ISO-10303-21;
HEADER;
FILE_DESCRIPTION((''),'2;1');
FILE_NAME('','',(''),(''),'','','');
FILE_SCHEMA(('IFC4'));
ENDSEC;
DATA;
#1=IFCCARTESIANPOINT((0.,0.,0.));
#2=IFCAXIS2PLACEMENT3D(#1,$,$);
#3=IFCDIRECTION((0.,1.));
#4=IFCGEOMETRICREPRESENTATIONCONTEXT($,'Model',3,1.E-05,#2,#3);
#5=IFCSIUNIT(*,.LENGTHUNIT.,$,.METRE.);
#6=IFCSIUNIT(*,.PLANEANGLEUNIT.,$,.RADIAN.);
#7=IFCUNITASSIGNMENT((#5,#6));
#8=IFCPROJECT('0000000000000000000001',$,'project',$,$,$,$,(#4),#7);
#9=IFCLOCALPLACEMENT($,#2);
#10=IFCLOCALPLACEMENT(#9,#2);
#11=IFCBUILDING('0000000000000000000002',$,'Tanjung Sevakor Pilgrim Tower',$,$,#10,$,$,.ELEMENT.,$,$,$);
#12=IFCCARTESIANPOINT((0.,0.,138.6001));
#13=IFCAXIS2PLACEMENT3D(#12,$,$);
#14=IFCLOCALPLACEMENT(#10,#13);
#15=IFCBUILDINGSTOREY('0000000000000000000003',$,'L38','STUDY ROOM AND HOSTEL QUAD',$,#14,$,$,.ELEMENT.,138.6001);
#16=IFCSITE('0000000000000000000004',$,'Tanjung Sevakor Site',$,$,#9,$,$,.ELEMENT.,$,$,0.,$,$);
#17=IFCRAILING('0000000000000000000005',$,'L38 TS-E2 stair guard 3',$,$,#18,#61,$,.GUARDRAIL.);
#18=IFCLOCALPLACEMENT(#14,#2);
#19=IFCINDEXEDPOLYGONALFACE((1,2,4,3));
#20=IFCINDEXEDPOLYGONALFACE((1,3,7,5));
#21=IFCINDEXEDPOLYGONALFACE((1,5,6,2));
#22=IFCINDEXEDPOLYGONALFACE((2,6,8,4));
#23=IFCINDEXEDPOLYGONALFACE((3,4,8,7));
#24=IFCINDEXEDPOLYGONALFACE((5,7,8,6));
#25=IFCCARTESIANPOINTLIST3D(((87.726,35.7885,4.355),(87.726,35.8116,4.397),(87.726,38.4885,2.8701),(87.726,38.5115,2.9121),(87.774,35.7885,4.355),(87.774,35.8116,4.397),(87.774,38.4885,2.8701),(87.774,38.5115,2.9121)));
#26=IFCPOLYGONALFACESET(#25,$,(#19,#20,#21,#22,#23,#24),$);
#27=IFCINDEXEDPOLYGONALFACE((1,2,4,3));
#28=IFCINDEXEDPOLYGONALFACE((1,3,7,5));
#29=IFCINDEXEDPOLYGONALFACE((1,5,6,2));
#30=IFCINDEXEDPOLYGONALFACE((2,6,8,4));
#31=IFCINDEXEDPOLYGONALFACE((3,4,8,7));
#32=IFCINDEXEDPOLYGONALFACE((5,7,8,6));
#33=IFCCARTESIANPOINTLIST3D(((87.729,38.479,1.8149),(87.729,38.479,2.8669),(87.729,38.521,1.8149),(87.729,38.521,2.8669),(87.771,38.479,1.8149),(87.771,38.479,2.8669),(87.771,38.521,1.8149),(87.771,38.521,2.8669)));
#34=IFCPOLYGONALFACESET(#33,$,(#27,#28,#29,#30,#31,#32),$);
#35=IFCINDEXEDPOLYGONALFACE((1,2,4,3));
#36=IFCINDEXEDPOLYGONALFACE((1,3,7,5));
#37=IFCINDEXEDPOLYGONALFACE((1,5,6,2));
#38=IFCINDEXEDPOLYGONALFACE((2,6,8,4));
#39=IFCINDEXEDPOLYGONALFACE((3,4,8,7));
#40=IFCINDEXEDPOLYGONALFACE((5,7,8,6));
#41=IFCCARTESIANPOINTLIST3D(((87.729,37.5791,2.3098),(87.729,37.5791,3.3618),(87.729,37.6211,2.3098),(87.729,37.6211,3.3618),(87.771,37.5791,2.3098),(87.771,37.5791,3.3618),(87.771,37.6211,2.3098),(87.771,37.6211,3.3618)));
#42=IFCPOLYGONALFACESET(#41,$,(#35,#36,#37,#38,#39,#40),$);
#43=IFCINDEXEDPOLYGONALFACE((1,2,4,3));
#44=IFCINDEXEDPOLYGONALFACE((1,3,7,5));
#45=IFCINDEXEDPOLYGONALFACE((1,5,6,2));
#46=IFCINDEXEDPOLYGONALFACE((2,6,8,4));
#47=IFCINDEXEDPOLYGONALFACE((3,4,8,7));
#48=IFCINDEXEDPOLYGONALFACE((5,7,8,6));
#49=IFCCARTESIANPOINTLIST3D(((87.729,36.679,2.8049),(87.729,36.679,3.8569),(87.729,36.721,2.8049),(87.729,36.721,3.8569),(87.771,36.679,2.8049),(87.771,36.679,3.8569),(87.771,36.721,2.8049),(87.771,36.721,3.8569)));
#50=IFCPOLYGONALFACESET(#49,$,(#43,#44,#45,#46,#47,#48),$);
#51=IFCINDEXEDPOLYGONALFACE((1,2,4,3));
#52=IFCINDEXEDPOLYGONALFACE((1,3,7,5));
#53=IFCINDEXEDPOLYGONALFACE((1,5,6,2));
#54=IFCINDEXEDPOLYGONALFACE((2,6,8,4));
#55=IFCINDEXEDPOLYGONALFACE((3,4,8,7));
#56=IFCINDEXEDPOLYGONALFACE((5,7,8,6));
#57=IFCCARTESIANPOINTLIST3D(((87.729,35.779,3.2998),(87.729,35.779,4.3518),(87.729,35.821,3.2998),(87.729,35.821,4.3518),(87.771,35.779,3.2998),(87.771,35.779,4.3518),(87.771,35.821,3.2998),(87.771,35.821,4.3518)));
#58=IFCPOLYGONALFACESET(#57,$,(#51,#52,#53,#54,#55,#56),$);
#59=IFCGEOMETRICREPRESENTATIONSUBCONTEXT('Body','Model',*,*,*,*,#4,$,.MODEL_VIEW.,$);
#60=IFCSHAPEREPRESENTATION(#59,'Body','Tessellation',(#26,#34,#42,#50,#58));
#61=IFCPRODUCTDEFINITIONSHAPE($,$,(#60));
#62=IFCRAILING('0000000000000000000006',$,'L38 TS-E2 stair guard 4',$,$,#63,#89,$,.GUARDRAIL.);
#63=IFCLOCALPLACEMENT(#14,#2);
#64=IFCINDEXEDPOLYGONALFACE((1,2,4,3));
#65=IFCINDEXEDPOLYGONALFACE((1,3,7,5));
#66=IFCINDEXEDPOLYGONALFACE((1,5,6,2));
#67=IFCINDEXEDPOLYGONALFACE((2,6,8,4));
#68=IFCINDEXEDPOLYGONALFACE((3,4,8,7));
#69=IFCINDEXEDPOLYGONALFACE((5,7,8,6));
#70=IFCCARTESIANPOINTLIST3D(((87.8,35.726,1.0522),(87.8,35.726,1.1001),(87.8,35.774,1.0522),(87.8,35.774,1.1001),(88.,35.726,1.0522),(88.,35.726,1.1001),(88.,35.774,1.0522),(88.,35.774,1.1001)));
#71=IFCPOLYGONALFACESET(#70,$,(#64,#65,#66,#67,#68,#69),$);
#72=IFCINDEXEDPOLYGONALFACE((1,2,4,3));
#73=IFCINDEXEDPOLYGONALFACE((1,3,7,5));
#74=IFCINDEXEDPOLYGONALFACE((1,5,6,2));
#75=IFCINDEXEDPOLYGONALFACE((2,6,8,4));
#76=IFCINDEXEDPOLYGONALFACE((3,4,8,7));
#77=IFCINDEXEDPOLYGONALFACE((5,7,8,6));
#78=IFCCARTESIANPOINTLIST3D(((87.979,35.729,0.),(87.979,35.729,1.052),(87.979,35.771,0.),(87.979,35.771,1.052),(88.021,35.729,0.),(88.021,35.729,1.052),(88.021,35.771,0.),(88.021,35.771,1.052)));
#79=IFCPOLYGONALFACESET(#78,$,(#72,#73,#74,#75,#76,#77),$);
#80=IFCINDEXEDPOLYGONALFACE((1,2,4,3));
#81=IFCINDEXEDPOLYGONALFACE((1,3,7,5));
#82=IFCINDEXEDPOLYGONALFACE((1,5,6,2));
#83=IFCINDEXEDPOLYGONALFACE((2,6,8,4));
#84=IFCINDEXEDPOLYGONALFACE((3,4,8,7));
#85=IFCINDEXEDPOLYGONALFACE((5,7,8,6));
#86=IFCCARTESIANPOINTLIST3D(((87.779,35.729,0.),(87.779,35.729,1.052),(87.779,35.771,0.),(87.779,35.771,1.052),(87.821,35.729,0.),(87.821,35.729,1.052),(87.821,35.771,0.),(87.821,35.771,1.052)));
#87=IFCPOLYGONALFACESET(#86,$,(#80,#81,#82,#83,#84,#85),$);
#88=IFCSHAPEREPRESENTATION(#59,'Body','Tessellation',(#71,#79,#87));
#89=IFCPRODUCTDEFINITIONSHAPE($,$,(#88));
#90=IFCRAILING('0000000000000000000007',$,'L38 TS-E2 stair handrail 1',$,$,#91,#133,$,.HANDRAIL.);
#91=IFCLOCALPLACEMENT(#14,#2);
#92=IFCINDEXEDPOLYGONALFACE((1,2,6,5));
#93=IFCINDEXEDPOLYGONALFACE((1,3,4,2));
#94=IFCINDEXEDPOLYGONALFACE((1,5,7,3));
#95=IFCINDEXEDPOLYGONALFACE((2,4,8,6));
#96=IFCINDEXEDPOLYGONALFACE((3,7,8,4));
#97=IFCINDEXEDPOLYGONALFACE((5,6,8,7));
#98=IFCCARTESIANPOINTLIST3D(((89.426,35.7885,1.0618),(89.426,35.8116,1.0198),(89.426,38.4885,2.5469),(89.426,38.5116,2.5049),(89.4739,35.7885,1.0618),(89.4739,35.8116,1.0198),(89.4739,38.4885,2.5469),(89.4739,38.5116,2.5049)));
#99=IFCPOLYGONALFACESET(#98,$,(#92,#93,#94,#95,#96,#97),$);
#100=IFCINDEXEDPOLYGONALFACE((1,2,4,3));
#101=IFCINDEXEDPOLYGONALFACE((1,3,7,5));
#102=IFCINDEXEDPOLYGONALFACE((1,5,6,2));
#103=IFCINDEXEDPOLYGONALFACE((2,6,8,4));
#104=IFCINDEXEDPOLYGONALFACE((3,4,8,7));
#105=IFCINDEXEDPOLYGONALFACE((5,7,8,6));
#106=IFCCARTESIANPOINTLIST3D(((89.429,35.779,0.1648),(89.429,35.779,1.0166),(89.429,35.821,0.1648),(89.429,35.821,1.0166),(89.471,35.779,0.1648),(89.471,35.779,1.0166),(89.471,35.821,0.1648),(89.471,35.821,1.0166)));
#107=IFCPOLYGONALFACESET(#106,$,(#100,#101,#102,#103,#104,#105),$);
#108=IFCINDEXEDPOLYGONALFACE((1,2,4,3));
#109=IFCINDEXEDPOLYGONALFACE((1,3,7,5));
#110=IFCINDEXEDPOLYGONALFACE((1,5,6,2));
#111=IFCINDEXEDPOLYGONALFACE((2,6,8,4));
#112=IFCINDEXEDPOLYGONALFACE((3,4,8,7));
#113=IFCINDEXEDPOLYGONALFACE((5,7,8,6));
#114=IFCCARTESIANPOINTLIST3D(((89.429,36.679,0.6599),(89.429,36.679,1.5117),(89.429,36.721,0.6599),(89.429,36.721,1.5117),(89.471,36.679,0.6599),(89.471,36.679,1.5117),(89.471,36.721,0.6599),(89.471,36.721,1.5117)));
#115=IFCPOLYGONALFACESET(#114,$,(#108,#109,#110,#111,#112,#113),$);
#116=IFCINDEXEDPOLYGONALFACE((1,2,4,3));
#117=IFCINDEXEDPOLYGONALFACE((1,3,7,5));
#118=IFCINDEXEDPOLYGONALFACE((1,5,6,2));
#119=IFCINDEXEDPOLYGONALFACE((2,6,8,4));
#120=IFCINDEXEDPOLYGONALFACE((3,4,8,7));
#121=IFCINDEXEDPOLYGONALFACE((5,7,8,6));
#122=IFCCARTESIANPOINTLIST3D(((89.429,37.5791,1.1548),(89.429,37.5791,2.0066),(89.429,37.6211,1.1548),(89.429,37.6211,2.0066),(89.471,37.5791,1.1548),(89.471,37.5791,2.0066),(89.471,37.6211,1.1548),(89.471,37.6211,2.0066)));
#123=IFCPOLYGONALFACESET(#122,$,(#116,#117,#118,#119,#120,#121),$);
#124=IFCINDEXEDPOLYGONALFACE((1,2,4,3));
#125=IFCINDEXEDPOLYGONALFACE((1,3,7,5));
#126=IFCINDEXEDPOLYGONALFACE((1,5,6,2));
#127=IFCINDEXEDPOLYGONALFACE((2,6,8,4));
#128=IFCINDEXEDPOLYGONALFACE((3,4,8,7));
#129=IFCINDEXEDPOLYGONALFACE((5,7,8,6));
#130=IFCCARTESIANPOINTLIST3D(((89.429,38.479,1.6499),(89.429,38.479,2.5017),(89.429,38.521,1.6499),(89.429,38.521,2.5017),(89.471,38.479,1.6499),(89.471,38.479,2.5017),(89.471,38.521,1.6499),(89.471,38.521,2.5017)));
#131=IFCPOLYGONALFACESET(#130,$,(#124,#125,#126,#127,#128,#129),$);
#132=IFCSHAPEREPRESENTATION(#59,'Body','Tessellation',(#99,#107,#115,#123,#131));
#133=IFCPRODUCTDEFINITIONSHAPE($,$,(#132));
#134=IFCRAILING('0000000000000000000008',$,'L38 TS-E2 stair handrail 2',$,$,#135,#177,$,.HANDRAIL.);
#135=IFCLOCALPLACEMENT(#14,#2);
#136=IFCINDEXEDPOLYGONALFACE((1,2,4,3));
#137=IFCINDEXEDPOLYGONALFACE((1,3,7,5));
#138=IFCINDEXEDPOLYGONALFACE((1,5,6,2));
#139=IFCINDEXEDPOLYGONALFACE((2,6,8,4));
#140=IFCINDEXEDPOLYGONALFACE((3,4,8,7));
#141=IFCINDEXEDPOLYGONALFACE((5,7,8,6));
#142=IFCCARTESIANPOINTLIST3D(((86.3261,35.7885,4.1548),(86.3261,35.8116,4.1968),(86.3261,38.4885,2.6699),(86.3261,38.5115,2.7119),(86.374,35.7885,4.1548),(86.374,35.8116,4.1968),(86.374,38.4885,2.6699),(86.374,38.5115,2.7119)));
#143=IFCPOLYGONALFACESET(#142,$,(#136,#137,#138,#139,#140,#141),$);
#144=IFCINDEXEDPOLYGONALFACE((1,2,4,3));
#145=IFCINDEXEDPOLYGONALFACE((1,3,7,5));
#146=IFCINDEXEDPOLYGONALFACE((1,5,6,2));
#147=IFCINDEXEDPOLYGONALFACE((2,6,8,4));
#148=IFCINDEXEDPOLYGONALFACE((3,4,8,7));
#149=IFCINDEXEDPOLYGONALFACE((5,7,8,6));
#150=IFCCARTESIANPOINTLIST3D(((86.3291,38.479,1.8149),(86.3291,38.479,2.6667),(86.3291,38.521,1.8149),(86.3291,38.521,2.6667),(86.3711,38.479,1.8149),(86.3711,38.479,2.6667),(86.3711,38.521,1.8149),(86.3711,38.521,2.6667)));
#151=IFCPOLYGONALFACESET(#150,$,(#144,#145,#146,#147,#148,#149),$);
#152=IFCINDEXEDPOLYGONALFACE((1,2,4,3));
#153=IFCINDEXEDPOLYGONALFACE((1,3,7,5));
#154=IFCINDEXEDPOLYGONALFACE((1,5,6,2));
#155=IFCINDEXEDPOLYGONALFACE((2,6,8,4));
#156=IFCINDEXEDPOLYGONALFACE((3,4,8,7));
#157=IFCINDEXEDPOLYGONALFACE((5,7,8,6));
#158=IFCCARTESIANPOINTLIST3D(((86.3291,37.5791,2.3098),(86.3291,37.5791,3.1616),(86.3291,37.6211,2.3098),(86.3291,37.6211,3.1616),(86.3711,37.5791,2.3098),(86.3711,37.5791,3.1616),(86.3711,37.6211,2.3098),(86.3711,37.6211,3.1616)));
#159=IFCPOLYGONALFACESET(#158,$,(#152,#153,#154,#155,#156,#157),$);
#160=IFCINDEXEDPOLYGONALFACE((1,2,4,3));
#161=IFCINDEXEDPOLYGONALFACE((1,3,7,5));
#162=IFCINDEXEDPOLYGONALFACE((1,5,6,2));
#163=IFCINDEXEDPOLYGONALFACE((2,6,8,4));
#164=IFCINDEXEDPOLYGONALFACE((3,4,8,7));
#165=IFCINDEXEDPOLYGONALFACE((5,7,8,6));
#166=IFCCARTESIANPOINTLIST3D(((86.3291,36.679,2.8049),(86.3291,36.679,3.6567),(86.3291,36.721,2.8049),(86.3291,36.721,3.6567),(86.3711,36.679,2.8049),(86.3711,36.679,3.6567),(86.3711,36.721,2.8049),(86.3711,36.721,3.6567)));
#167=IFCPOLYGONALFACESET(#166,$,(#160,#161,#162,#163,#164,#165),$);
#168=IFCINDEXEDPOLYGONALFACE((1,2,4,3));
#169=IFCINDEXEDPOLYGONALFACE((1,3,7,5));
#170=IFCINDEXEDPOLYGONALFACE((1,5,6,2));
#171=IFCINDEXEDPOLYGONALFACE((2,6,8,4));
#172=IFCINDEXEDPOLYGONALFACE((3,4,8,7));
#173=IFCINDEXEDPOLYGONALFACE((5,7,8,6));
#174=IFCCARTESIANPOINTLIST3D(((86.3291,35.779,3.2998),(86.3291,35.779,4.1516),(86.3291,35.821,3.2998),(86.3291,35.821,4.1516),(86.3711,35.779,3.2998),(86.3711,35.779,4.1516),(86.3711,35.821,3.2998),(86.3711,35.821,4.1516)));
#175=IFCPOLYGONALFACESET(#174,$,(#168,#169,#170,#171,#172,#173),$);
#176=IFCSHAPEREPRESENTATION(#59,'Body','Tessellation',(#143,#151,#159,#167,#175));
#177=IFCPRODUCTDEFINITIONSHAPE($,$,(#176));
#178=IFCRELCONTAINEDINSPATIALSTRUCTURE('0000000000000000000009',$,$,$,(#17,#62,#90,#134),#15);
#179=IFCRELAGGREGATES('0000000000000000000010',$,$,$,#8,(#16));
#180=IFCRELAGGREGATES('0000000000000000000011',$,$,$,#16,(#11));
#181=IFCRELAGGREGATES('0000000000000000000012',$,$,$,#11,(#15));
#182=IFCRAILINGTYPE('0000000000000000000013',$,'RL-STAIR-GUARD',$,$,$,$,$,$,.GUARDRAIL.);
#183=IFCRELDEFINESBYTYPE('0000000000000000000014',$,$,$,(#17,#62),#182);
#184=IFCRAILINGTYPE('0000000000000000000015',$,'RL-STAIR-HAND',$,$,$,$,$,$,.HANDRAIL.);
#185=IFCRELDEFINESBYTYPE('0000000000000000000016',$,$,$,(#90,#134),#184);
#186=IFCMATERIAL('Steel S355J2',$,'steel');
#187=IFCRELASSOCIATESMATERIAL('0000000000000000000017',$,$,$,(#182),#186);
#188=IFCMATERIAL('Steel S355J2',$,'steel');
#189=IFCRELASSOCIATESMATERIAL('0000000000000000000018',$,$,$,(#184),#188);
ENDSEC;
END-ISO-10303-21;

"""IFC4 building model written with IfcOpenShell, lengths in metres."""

from ifc_helpers import new_model, si_unit, direction, frame, origin, place, context, subcontext, project, spatial, rectangle, extrude, material, type_object, element, save


model = new_model("IFC4")

# Units and contexts
model_context = context("Model", 3, precision=1e-05, world=origin(), true_north=direction((0.0, 1.0)))
body_context = subcontext(model_context, "Body", "Model", "MODEL_VIEW")
ifc_project = project(units=[si_unit("LENGTHUNIT", "METRE"), si_unit("PLANEANGLEUNIT", "RADIAN")], contexts=[model_context])

# Site, building, storey
site_placement = place(None, origin())
site = spatial("IfcSite", under=ifc_project, at=site_placement, Name="Tanjung Sevakor Site", CompositionType="ELEMENT", RefElevation=0.0)
building_placement = place(site_placement, origin())
building = spatial("IfcBuilding", under=site, at=building_placement, Name="Tanjung Sevakor Pilgrim Tower", CompositionType="ELEMENT")
storey_placement = place(building_placement, frame((0.0, 0.0, 138.6001)))
storey = spatial("IfcBuildingStorey", under=building, at=storey_placement, Name="L38", Description="STUDY ROOM AND HOSTEL QUAD", CompositionType="ELEMENT", Elevation=138.6001)

# Railings
ifc_material_1 = material(Name="Steel S355J2", Category="steel")
railing_type_1 = type_object("IfcRailingType", Name="RL-STAIR-GUARD", PredefinedType="GUARDRAIL", material=ifc_material_1)
railing_1_placement = place(storey_placement, frame((87.75, 38.5, 1.8149)))
element("IfcRailing", 1, at=railing_1_placement, inside=storey, type_object=railing_type_1, Name="L38 TS-E2 stair guard 3", PredefinedType="GUARDRAIL", context=body_context, shape_type="SweptSolid", body=[
    extrude(rectangle(XDim=0.0479, YDim=0.0479), frame((0.0, 0.0, 1.0762), z_axis=(0.0, -0.876231, 0.481891), x_axis=(1.0, 0.0, 0.0)), (0.0, 0.0, 1.0), 3.0813),
    extrude(rectangle(XDim=0.042, YDim=0.042), origin(), (0.0, 0.0, 1.0), 1.052),
    extrude(rectangle(XDim=0.042, YDim=0.042), frame((0.0, -0.8999, 0.4949)), (0.0, 0.0, 1.0), 1.052),
    extrude(rectangle(XDim=0.042, YDim=0.042), frame((0.0, -1.8, 0.99)), (0.0, 0.0, 1.0), 1.052),
    extrude(rectangle(XDim=0.042, YDim=0.042), frame((0.0, -2.7, 1.4849)), (0.0, 0.0, 1.0), 1.052),
])
railing_2_placement = place(storey_placement, frame((88.0, 35.75, 0.0)))
element("IfcRailing", 2, at=railing_2_placement, inside=storey, type_object=railing_type_1, Name="L38 TS-E2 stair guard 4", PredefinedType="GUARDRAIL", context=body_context, shape_type="SweptSolid", body=[
    extrude(rectangle(XDim=0.0479, YDim=0.0479), frame((0.0, 0.0, 1.0762), z_axis=(-1.0, 0.0, 0.0), x_axis=(0.0, -1.0, 0.0)), (0.0, 0.0, 1.0), 0.2),
    extrude(rectangle(XDim=0.042, YDim=0.042), origin(), (0.0, 0.0, 1.0), 1.052),
    extrude(rectangle(XDim=0.042, YDim=0.042), frame((-0.2, 0.0, 0.0)), (0.0, 0.0, 1.0), 1.052),
])
ifc_material_2 = material(Name="Steel S355J2", Category="steel")
railing_type_2 = type_object("IfcRailingType", Name="RL-STAIR-HAND", PredefinedType="HANDRAIL", material=ifc_material_2)
railing_3_placement = place(storey_placement, frame((89.45, 35.8, 0.1648)))
element("IfcRailing", 3, at=railing_3_placement, inside=storey, type_object=railing_type_2, Name="L38 TS-E2 stair handrail 1", PredefinedType="HANDRAIL", context=body_context, shape_type="SweptSolid", body=[
    extrude(rectangle(XDim=0.0479, YDim=0.0479), frame((0.0, 0.0, 0.876), z_axis=(0.0, 0.876198, 0.481952), x_axis=(-1.0, 0.0, 0.0)), (0.0, 0.0, 1.0), 3.0815),
    extrude(rectangle(XDim=0.042, YDim=0.042), origin(), (0.0, 0.0, 1.0), 0.8518),
    extrude(rectangle(XDim=0.042, YDim=0.042), frame((0.0, 0.8999, 0.4951)), (0.0, 0.0, 1.0), 0.8518),
    extrude(rectangle(XDim=0.042, YDim=0.042), frame((0.0, 1.8, 0.99)), (0.0, 0.0, 1.0), 0.8518),
    extrude(rectangle(XDim=0.042, YDim=0.042), frame((0.0, 2.7, 1.4851)), (0.0, 0.0, 1.0), 0.8518),
])
railing_4_placement = place(storey_placement, frame((86.3501, 38.5, 1.8149)))
element("IfcRailing", 4, at=railing_4_placement, inside=storey, type_object=railing_type_2, Name="L38 TS-E2 stair handrail 2", PredefinedType="HANDRAIL", context=body_context, shape_type="SweptSolid", body=[
    extrude(rectangle(XDim=0.0479, YDim=0.0479), frame((0.0, 0.0, 0.876), z_axis=(0.0, -0.876231, 0.481891), x_axis=(1.0, 0.0, 0.0)), (0.0, 0.0, 1.0), 3.0813),
    extrude(rectangle(XDim=0.042, YDim=0.042), origin(), (0.0, 0.0, 1.0), 0.8518),
    extrude(rectangle(XDim=0.042, YDim=0.042), frame((0.0, -0.8999, 0.4949)), (0.0, 0.0, 1.0), 0.8518),
    extrude(rectangle(XDim=0.042, YDim=0.042), frame((0.0, -1.8, 0.99)), (0.0, 0.0, 1.0), 0.8518),
    extrude(rectangle(XDim=0.042, YDim=0.042), frame((0.0, -2.7, 1.4849)), (0.0, 0.0, 1.0), 0.8518),
])

save(model, "model.ifc")
